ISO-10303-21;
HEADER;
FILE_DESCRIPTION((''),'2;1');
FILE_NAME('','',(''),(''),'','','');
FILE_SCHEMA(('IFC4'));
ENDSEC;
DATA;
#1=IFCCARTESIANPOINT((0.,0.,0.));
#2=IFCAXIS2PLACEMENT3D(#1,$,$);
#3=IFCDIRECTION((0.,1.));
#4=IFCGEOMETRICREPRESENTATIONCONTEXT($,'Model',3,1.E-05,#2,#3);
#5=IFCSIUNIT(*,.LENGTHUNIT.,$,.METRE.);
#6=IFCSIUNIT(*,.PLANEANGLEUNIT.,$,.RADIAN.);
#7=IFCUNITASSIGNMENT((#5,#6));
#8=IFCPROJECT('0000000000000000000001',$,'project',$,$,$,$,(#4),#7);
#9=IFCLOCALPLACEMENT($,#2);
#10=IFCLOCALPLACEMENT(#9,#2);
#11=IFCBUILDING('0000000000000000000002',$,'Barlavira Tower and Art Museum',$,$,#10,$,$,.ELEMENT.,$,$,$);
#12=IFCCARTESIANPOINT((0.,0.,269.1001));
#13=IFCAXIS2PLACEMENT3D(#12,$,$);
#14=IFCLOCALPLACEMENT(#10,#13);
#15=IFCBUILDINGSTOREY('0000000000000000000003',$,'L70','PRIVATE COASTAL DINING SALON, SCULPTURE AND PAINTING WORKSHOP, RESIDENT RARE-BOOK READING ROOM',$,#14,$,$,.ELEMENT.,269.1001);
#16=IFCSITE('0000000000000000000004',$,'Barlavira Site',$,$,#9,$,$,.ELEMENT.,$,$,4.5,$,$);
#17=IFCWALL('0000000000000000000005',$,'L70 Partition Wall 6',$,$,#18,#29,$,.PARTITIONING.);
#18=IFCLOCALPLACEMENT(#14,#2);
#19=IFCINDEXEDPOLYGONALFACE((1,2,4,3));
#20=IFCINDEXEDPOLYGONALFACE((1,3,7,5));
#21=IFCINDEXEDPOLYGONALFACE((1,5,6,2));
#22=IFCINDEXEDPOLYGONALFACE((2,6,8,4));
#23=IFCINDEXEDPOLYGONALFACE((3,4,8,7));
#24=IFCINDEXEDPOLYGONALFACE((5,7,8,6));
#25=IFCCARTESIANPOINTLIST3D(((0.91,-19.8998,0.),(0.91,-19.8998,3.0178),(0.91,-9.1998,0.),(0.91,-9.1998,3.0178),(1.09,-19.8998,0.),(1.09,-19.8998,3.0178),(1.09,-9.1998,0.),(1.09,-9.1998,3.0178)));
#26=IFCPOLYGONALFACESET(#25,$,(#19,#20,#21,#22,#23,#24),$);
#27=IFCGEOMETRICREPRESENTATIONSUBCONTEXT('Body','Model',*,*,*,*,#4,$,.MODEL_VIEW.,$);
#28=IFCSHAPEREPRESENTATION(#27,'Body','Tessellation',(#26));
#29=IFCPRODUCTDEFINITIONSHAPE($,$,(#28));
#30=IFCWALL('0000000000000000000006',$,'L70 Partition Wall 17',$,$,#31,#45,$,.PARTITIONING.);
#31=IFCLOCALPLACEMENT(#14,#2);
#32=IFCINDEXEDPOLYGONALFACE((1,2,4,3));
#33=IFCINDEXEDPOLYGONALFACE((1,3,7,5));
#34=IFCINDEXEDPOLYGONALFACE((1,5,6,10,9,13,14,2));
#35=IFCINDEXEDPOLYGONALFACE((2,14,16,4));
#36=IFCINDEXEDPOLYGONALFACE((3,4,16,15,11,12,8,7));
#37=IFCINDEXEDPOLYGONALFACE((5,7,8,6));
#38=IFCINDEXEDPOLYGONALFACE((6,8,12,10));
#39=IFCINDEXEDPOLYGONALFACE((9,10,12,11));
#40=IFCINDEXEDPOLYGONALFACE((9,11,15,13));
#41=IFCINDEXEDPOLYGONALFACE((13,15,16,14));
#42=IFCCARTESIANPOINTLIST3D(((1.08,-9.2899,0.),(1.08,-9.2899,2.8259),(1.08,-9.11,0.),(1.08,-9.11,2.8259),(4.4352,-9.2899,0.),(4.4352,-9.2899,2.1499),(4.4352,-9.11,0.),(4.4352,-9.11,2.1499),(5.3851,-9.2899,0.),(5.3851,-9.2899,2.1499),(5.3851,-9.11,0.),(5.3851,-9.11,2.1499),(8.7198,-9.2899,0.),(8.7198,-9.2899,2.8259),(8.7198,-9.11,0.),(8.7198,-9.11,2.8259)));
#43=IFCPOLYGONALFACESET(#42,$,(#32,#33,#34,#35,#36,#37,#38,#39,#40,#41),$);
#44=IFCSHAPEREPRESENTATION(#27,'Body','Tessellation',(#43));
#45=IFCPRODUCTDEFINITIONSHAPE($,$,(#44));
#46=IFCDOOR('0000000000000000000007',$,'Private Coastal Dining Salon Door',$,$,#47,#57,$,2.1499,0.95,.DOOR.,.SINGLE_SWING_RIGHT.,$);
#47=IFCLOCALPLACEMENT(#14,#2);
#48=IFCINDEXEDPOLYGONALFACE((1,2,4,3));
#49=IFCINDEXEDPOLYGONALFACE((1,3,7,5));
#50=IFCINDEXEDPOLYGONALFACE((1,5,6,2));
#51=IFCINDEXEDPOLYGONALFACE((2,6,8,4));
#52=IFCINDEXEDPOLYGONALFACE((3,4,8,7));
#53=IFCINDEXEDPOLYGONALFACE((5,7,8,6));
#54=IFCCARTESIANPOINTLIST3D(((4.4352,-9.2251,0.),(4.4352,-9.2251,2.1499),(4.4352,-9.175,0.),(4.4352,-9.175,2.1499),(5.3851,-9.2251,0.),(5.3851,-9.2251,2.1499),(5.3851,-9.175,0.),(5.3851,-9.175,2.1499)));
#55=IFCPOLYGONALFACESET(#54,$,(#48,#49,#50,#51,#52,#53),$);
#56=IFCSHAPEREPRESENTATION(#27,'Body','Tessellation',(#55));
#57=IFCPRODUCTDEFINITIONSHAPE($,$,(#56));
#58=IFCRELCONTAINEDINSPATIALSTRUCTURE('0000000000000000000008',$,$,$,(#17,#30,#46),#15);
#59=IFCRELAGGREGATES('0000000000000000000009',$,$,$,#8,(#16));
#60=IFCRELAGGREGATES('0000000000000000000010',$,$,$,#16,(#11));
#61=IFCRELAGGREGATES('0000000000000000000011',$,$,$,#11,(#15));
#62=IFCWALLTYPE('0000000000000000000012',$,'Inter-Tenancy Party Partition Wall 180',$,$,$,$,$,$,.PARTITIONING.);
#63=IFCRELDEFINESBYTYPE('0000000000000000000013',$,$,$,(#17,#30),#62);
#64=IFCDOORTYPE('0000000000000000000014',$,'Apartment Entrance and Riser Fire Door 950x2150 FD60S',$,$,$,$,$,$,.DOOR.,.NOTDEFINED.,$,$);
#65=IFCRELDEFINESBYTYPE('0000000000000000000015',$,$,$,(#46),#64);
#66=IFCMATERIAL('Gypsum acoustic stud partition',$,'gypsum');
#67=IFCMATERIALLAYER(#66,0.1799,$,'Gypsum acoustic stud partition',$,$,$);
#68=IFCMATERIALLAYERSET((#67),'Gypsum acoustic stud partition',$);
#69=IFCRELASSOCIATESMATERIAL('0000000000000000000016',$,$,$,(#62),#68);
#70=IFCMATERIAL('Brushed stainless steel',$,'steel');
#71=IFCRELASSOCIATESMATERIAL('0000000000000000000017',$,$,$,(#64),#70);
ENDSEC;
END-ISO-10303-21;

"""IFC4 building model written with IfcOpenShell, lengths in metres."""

from ifc_helpers import new_model, si_unit, direction, frame, frame_2d, origin, place, context, subcontext, project, spatial, rectangle, extrude, material, layer, layer_set, type_object, element, fill, save


model = new_model("IFC4")

# Units and contexts
model_context = context("Model", 3, precision=1e-05, world=origin(), true_north=direction((0.0, 1.0)))
body_context = subcontext(model_context, "Body", "Model", "MODEL_VIEW")
ifc_project = project(units=[si_unit("LENGTHUNIT", "METRE"), si_unit("PLANEANGLEUNIT", "RADIAN")], contexts=[model_context])

# Site, building, storey
site_placement = place(None, origin())
site = spatial("IfcSite", under=ifc_project, at=site_placement, Name="Barlavira Site", CompositionType="ELEMENT", RefElevation=4.5)
building_placement = place(site_placement, origin())
building = spatial("IfcBuilding", under=site, at=building_placement, Name="Barlavira Tower and Art Museum", CompositionType="ELEMENT")
storey_placement = place(building_placement, frame((0.0, 0.0, 269.1001)))
storey = spatial("IfcBuildingStorey", under=building, at=storey_placement, Name="L70", Description="PRIVATE COASTAL DINING SALON, SCULPTURE AND PAINTING WORKSHOP, RESIDENT RARE-BOOK READING ROOM", CompositionType="ELEMENT", Elevation=269.1001)

# Wall
ifc_material_1 = material(Name="Gypsum acoustic stud partition", Category="gypsum")
ifc_layer_1 = layer(ifc_material_1, 0.1799, Name="Gypsum acoustic stud partition")
ifc_layer_set_1 = layer_set([ifc_layer_1], Name="Gypsum acoustic stud partition")
wall_type = type_object("IfcWallType", Name="Inter-Tenancy Party Partition Wall 180", PredefinedType="PARTITIONING", material=ifc_layer_set_1)
wall_1_placement = place(storey_placement, frame((1.0, -19.8999, 0.0), z_axis=(0.0, 0.0, 1.0), x_axis=(0.0, 1.0, 0.0)))
element("IfcWall", 1, at=wall_1_placement, inside=storey, type_object=wall_type, Name="L70 Partition Wall 6", PredefinedType="PARTITIONING", context=body_context, shape_type="SweptSolid", body=[
    extrude(rectangle(XDim=10.7, YDim=0.1799, at=frame_2d((5.3501, 0.0))), origin(), (0.0, 0.0, 1.0), 3.0178),
])

# Wall, opening, door
wall_2_placement = place(storey_placement, frame((1.0801, -9.2, 0.0), z_axis=(0.0, 0.0, 1.0), x_axis=(1.0, 0.0, 0.0)))
wall_2 = element("IfcWall", 2, at=wall_2_placement, inside=storey, type_object=wall_type, Name="L70 Partition Wall 17", PredefinedType="PARTITIONING", context=body_context, shape_type="SweptSolid", body=[
    extrude(rectangle(XDim=7.6399, YDim=0.1799, at=frame_2d((3.8198, 0.0))), origin(), (0.0, 0.0, 1.0), 2.8259),
])
opening_placement = place(wall_2_placement, frame((3.355, 0.0, 0.0)))
opening = element("IfcOpeningElement", 3, at=opening_placement, cuts=wall_2, PredefinedType="OPENING", context=body_context, shape_type="SweptSolid", body=[
    extrude(rectangle(XDim=0.95, YDim=2.1499, at=frame_2d((0.4751, 1.075))), frame((0.0, 0.1001, 0.0), z_axis=(0.0, -1.0, 0.0), x_axis=(1.0, 0.0, 0.0)), (0.0, 0.0, 1.0), 0.2),
])
ifc_material_2 = material(Name="Brushed stainless steel", Category="steel")
door_type = type_object("IfcDoorType", Name="Apartment Entrance and Riser Fire Door 950x2150 FD60S", OperationType="NOTDEFINED", PredefinedType="DOOR", material=ifc_material_2)
door_placement = place(opening_placement, origin())
door = element("IfcDoor", 4, at=door_placement, inside=storey, type_object=door_type, Name="Private Coastal Dining Salon Door", OperationType="SINGLE_SWING_RIGHT", OverallHeight=2.1499, OverallWidth=0.95, PredefinedType="DOOR", context=body_context, shape_type="SweptSolid", body=[
    extrude(rectangle(XDim=0.95, YDim=2.1499, at=frame_2d((0.4751, 1.075))), frame((0.0, 0.0249, 0.0), z_axis=(0.0, -1.0, 0.0), x_axis=(1.0, 0.0, 0.0)), (0.0, 0.0, 1.0), 0.05),
])
fill(opening, door)

save(model, "model.ifc")
